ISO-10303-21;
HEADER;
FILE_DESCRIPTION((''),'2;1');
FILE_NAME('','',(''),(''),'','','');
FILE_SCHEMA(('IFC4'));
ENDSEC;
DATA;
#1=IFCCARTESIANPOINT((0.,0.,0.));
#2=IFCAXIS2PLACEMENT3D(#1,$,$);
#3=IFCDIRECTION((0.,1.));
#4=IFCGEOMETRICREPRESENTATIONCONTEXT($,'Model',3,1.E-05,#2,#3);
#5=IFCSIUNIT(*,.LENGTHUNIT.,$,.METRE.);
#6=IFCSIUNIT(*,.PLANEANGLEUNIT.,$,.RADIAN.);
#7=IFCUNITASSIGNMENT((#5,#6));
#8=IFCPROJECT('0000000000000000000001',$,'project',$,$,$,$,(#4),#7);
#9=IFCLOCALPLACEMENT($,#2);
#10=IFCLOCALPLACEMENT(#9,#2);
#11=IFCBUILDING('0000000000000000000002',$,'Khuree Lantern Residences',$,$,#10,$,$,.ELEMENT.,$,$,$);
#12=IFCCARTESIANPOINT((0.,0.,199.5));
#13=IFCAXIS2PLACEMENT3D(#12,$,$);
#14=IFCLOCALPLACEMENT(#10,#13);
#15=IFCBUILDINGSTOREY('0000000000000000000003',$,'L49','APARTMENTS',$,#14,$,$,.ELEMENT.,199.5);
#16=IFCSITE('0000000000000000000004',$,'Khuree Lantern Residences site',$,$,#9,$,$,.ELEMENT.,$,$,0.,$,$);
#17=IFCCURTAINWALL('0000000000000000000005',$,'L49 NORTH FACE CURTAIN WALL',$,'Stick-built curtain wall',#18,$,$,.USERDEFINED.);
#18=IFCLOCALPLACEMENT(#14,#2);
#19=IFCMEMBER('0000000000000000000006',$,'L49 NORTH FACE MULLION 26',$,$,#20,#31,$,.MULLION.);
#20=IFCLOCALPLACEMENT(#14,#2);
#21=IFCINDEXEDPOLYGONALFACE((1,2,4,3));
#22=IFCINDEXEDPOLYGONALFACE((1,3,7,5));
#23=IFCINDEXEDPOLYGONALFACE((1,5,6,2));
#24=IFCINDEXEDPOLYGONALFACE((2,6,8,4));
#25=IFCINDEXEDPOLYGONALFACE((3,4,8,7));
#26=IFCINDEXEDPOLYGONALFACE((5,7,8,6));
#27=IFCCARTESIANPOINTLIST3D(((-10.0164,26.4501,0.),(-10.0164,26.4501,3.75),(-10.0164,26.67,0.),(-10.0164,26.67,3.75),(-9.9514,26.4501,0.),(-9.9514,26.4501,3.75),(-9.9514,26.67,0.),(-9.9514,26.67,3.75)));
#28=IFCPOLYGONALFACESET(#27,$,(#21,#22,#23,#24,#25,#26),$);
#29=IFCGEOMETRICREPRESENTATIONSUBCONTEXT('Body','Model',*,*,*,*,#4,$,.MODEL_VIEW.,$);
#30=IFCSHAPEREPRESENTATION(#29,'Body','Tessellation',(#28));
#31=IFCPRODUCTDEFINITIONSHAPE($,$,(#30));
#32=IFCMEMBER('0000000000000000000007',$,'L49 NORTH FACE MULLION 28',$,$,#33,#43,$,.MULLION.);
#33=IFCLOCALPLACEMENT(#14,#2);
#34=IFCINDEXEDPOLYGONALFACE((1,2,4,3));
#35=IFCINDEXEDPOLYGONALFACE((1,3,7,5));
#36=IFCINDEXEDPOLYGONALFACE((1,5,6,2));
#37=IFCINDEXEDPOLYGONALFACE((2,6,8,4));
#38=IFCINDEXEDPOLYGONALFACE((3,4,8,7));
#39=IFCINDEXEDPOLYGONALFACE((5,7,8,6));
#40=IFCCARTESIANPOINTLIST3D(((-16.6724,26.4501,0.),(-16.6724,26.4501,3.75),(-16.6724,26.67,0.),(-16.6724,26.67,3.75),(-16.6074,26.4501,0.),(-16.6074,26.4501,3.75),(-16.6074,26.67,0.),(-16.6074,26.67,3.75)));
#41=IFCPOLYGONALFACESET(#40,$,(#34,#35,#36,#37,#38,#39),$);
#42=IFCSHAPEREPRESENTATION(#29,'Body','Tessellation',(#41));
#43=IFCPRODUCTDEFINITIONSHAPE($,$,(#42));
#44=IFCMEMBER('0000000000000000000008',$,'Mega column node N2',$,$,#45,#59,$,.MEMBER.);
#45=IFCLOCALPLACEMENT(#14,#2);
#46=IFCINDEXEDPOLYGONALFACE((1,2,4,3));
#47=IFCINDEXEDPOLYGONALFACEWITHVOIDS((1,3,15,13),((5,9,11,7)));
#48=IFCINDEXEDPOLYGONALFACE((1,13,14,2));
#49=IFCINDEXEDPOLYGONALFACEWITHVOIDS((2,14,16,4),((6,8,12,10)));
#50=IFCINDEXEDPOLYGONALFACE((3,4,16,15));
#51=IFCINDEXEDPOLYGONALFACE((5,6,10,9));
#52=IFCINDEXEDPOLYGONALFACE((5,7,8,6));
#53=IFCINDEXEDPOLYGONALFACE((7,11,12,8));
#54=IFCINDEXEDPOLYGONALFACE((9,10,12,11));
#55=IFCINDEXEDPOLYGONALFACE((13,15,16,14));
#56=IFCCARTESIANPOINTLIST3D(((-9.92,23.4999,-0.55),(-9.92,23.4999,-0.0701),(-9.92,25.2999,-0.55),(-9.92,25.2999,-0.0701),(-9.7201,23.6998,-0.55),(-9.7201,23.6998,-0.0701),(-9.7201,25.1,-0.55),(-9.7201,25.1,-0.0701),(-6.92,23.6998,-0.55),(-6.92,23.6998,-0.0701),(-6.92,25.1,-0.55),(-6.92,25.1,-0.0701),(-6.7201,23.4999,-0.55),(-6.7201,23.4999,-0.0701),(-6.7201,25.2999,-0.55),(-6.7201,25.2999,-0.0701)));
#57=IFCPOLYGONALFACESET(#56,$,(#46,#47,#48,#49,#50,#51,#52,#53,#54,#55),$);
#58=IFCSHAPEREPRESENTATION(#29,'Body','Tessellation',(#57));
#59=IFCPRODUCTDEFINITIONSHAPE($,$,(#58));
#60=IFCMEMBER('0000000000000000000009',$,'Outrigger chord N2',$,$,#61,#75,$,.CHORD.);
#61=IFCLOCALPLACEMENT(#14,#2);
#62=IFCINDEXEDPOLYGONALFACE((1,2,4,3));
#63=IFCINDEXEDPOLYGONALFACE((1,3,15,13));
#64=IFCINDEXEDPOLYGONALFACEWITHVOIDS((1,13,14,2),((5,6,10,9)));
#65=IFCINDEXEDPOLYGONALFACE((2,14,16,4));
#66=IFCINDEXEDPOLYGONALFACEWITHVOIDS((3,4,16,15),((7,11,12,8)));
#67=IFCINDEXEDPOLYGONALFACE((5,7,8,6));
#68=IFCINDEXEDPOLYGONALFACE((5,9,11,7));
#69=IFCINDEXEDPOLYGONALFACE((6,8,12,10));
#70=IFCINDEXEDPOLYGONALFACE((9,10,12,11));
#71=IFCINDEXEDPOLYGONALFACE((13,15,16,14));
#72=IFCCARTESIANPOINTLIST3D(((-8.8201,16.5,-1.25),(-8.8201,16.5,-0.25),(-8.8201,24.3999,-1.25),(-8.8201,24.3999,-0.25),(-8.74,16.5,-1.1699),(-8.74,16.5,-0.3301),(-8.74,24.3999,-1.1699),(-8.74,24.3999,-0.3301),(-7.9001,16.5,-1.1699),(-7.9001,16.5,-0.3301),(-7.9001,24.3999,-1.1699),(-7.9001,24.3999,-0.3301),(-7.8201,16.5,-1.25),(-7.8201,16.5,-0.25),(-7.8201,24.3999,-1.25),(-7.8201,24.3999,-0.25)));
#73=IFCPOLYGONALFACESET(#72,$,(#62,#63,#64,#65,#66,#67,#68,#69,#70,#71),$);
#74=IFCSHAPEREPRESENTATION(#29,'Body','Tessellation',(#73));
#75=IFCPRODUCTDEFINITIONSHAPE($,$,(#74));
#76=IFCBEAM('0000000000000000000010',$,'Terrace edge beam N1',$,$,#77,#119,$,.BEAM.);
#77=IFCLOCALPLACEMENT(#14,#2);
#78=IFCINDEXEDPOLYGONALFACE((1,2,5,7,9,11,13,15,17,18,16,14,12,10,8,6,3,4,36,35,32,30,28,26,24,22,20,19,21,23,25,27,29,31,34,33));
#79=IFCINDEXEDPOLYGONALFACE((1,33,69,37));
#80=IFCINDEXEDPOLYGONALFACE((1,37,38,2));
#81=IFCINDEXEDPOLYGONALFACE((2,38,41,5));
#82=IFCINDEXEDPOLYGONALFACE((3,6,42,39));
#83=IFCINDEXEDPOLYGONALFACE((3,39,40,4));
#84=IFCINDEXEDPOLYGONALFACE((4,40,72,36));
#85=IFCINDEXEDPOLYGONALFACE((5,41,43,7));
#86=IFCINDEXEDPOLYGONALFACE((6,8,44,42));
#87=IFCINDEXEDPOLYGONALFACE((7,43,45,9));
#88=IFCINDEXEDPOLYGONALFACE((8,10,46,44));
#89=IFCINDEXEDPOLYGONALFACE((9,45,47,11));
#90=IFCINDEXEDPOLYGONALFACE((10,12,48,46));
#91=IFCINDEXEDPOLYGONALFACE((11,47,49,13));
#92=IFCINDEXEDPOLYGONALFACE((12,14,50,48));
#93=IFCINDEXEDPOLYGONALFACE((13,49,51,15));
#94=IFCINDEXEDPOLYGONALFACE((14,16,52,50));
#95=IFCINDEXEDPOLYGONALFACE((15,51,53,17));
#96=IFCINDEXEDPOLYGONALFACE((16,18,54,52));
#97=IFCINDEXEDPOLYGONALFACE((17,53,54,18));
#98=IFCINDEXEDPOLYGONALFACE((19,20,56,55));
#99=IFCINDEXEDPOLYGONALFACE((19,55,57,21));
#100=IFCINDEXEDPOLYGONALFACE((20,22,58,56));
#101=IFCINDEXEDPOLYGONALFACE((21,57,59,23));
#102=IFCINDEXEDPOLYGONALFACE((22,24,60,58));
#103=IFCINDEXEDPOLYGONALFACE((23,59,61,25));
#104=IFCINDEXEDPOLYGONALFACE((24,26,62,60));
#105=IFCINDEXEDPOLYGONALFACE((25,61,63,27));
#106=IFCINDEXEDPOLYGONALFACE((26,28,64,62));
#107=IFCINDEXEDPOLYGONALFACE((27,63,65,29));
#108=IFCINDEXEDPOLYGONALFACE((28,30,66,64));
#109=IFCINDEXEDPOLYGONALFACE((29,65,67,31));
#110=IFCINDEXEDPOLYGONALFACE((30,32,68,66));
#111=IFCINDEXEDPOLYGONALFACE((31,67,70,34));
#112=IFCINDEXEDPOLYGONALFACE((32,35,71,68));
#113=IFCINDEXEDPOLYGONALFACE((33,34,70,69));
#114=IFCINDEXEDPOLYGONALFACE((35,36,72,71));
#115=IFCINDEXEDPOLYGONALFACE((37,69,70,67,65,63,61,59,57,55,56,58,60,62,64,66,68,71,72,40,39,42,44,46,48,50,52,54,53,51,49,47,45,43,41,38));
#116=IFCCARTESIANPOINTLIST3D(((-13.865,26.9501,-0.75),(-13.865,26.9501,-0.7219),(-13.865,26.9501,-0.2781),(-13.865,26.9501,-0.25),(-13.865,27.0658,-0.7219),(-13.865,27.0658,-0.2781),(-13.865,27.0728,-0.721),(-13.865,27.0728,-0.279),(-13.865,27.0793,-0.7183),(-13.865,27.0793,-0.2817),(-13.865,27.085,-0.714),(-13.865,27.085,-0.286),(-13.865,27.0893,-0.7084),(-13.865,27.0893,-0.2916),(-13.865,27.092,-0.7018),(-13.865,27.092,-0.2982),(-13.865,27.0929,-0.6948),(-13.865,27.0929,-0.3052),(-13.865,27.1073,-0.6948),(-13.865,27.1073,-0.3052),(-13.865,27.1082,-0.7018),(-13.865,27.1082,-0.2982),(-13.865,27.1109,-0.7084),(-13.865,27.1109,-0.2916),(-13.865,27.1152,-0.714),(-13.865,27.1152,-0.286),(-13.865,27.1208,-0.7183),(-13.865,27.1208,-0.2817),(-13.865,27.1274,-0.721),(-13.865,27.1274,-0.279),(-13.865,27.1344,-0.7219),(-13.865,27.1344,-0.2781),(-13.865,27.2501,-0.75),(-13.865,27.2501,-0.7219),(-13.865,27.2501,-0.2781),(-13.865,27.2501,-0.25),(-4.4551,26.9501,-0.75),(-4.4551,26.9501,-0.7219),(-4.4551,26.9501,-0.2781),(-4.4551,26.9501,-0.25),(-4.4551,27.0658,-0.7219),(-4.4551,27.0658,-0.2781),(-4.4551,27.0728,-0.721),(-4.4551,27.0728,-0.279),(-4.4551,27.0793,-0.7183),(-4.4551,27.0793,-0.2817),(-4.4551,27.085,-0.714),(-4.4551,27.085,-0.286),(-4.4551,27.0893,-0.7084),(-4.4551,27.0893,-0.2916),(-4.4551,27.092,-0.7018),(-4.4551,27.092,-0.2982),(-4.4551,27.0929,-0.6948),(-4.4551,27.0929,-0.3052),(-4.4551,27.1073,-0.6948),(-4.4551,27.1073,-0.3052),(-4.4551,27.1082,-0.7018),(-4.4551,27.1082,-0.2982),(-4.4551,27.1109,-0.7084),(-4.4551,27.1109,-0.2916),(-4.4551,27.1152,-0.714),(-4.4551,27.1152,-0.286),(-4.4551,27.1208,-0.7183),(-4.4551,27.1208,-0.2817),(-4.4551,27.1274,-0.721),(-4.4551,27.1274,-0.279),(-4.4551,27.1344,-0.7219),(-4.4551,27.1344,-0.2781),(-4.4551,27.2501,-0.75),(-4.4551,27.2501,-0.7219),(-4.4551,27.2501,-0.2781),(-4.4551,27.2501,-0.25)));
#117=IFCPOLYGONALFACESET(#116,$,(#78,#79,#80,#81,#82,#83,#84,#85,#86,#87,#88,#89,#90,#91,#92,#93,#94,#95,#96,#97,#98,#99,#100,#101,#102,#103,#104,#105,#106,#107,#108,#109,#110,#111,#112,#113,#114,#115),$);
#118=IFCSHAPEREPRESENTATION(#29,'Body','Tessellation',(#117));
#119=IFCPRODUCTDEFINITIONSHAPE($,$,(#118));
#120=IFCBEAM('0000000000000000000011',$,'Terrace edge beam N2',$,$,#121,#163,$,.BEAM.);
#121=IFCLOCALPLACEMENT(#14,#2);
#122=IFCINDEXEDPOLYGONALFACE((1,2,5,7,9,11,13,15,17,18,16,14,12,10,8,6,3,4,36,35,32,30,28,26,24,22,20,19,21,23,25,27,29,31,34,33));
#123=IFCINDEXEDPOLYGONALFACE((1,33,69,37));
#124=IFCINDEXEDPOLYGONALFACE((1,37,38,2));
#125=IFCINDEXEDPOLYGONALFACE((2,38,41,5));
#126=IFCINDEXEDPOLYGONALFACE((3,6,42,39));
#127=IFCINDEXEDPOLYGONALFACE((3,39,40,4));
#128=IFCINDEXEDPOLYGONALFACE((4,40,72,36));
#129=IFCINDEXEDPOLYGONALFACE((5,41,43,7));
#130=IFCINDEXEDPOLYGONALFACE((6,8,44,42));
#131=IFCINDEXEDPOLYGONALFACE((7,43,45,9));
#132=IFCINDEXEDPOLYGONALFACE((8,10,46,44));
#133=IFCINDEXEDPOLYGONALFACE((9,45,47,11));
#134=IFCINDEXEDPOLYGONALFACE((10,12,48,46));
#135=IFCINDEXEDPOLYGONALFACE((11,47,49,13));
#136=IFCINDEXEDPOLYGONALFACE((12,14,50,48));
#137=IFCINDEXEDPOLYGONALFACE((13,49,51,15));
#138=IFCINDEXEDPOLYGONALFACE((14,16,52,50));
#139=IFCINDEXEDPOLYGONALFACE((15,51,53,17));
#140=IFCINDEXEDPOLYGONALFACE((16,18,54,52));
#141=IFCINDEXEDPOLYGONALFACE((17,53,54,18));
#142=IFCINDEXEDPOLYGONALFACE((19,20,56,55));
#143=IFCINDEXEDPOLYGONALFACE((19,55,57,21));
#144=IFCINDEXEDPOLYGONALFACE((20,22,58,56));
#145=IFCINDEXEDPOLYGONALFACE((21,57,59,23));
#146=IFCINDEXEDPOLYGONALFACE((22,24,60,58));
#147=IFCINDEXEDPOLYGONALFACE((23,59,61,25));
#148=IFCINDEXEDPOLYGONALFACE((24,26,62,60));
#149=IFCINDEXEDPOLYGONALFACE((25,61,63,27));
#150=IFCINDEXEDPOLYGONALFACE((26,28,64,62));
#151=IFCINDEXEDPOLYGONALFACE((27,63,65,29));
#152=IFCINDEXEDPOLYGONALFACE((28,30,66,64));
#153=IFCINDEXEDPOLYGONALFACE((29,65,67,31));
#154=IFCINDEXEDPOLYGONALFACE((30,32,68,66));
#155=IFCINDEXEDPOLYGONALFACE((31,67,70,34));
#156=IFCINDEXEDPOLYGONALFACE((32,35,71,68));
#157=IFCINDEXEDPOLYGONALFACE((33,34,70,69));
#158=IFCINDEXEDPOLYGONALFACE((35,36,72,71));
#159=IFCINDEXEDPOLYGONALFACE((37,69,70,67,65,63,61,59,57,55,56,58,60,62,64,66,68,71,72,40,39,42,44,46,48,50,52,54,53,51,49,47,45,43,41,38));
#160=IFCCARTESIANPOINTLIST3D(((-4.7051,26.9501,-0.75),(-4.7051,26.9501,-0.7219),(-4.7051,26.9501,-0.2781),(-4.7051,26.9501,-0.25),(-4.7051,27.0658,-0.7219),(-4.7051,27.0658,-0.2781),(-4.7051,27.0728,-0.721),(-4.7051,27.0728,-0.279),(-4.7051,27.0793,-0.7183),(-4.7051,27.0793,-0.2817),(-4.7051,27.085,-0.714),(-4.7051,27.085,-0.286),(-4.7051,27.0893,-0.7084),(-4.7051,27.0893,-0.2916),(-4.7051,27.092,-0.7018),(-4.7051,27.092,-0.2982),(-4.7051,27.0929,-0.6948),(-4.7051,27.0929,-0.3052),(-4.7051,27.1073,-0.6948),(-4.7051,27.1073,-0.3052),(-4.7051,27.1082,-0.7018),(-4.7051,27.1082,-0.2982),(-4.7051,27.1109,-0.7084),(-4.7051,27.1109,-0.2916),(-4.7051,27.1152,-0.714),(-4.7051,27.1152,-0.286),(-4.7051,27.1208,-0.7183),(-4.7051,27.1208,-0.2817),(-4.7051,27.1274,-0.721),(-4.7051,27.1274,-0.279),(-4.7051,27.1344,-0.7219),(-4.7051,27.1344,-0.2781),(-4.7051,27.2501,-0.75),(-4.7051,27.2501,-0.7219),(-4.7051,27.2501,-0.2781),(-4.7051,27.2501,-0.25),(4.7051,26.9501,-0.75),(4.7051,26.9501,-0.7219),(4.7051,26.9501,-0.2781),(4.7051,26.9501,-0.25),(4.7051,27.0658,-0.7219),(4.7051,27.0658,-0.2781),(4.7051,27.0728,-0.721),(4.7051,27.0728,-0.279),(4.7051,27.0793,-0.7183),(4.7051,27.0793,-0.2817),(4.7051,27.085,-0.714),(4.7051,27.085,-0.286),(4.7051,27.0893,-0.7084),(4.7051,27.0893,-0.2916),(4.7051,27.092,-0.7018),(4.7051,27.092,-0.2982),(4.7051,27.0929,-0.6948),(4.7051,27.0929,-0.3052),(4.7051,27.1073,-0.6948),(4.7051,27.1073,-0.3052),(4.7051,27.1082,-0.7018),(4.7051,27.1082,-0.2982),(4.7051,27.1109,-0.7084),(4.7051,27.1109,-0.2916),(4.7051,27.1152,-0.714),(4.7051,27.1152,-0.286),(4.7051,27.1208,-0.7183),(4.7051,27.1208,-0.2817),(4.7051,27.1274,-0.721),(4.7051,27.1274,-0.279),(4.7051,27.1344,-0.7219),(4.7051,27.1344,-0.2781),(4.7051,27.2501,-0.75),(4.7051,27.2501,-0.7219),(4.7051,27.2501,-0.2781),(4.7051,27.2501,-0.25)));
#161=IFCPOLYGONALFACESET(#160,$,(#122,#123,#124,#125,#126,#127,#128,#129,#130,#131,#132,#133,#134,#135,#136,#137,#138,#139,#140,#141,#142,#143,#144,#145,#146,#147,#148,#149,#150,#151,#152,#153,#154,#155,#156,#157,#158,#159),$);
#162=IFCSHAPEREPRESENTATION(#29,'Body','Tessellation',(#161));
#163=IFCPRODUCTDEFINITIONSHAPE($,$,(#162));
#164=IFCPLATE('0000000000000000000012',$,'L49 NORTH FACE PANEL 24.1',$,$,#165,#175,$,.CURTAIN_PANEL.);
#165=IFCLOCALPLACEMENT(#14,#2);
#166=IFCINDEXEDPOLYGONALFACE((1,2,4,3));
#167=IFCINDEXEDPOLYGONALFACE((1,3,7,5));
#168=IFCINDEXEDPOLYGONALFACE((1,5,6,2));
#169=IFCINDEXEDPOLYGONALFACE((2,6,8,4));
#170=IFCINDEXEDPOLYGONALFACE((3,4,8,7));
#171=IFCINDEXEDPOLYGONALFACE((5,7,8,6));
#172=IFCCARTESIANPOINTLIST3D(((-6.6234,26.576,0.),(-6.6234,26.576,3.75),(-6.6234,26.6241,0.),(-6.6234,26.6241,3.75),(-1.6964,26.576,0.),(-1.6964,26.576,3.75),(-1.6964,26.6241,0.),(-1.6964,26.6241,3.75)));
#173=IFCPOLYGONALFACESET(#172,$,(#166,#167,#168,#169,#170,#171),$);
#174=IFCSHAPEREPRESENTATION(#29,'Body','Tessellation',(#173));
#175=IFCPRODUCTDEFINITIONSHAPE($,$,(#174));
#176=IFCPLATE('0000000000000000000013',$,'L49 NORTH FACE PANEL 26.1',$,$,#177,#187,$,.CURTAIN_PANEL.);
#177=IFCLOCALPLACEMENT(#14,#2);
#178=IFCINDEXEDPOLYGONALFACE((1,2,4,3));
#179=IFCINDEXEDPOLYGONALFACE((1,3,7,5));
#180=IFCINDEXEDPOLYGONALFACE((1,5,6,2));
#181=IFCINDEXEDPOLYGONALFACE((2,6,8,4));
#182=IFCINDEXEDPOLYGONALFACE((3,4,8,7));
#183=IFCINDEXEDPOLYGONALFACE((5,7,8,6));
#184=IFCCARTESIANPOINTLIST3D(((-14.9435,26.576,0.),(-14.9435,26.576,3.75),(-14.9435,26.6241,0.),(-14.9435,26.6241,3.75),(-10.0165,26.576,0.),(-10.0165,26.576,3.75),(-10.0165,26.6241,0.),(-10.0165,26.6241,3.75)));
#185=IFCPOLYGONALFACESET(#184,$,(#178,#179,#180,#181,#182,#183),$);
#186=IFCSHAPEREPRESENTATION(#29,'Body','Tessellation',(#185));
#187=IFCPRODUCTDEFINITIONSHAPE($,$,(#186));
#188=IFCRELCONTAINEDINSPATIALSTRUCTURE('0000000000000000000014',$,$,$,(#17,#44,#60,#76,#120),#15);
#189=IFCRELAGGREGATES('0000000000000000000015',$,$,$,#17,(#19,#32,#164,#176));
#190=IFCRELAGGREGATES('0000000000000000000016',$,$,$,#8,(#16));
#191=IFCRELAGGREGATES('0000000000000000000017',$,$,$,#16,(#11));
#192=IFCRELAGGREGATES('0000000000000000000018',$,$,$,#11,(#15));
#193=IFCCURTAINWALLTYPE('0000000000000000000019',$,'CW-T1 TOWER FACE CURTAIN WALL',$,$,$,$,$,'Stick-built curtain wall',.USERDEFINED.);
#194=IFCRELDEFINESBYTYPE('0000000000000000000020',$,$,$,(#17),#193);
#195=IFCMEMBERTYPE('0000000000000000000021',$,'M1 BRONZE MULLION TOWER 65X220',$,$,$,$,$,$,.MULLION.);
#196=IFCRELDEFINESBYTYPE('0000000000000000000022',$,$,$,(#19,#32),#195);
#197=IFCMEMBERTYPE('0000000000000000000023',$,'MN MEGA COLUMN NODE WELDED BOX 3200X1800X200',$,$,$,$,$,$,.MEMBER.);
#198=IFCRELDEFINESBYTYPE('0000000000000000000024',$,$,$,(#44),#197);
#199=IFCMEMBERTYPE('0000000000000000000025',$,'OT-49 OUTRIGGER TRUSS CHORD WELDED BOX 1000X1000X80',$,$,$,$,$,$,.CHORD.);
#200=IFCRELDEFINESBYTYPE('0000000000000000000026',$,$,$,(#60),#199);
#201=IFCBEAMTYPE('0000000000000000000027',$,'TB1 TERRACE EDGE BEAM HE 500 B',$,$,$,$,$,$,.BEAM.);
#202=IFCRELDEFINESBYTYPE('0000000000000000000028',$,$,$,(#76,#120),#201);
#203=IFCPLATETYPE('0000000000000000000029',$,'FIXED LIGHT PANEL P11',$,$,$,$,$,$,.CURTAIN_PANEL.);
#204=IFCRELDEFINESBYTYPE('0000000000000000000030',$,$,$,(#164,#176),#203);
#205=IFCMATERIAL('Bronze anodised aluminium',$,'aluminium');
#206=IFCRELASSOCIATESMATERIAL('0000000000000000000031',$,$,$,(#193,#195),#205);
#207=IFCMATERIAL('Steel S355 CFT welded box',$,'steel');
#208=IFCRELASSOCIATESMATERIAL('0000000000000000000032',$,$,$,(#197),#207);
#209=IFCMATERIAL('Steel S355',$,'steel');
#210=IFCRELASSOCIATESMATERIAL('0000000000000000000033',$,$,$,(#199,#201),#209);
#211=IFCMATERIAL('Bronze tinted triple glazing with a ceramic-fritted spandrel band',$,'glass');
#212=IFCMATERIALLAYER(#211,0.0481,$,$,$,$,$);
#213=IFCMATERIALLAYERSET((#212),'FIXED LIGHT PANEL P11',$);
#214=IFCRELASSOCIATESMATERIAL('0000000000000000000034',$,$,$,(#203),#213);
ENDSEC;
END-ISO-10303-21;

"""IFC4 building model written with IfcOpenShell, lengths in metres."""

from ifc_helpers import new_model, si_unit, direction, frame, origin, origin_2d, place, context, subcontext, project, spatial, rectangle, hollow_rectangle, i_section, extrude, material, layer, layer_set, material_profile, profile_set, type_object, element, aggregate, save


model = new_model("IFC4")

# Units and contexts
model_context = context("Model", 3, precision=1e-05, world=origin(), true_north=direction((0.0, 1.0)))
body_context = subcontext(model_context, "Body", "Model", "MODEL_VIEW")
ifc_project = project(units=[si_unit("LENGTHUNIT", "METRE"), si_unit("PLANEANGLEUNIT", "RADIAN")], contexts=[model_context])

# Site, building, storey
site_placement = place(None, origin())
site = spatial("IfcSite", under=ifc_project, at=site_placement, Name="Khuree Lantern Residences site", CompositionType="ELEMENT", RefElevation=0.0)
building_placement = place(site_placement, origin())
building = spatial("IfcBuilding", under=site, at=building_placement, Name="Khuree Lantern Residences", CompositionType="ELEMENT")
storey_placement = place(building_placement, frame((0.0, 0.0, 199.5)))
storey = spatial("IfcBuildingStorey", under=building, at=storey_placement, Name="L49", Description="APARTMENTS", CompositionType="ELEMENT", Elevation=199.5)

# Shared definitions
ifc_material_1 = material(Name="Steel S355 CFT welded box", Category="steel")

# Shared definitions
ifc_material_2 = material(Name="Steel S355", Category="steel")

# Curtain wall, members
ifc_material_3 = material(Name="Bronze anodised aluminium", Category="aluminium")
curtain_wall_type = type_object("IfcCurtainWallType", Name="CW-T1 TOWER FACE CURTAIN WALL", ElementType="Stick-built curtain wall", PredefinedType="USERDEFINED", material=ifc_material_3)
curtain_wall_placement = place(storey_placement, origin())
curtain_wall = element("IfcCurtainWall", 1, at=curtain_wall_placement, inside=storey, type_object=curtain_wall_type, Name="L49 NORTH FACE CURTAIN WALL", ObjectType="Stick-built curtain wall", PredefinedType="USERDEFINED")
ifc_material_profile_1 = material_profile(ifc_material_3, rectangle(XDim=0.0649, YDim=0.22, at=origin_2d()), Name="M1 65X220")
ifc_profile_set_1 = profile_set([ifc_material_profile_1], Name="Bronze anodised aluminium")
member_type_1 = type_object("IfcMemberType", Name="M1 BRONZE MULLION TOWER 65X220", PredefinedType="MULLION", material=ifc_profile_set_1)
member_1_placement = place(storey_placement, frame((-9.9839, 26.5601, 0.0), z_axis=(0.0, 0.0, 1.0), x_axis=(-1.0, 0.0, 0.0)))
member_1 = element("IfcMember", 2, at=member_1_placement, type_object=member_type_1, Name="L49 NORTH FACE MULLION 26", PredefinedType="MULLION", context=body_context, shape_type="SweptSolid", body=[
    extrude(rectangle(XDim=0.0649, YDim=0.22, at=origin_2d()), origin(), (0.0, 0.0, 1.0), 3.75),
])
member_2_placement = place(storey_placement, frame((-16.6399, 26.5601, 0.0), z_axis=(0.0, 0.0, 1.0), x_axis=(-1.0, 0.0, 0.0)))
member_2 = element("IfcMember", 3, at=member_2_placement, type_object=member_type_1, Name="L49 NORTH FACE MULLION 28", PredefinedType="MULLION", context=body_context, shape_type="SweptSolid", body=[
    extrude(rectangle(XDim=0.0649, YDim=0.22, at=origin_2d()), origin(), (0.0, 0.0, 1.0), 3.75),
])

# Members
ifc_material_profile_2 = material_profile(ifc_material_1, hollow_rectangle(XDim=3.2, YDim=1.8, WallThickness=0.2, at=origin_2d()), Name="WELDED BOX 3200X1800X200")
ifc_profile_set_2 = profile_set([ifc_material_profile_2], Name="Steel S355 CFT welded box")
member_type_2 = type_object("IfcMemberType", Name="MN MEGA COLUMN NODE WELDED BOX 3200X1800X200", PredefinedType="MEMBER", material=ifc_profile_set_2)
member_3_placement = place(storey_placement, frame((-8.3201, 24.3999, -0.55), z_axis=(0.0, 0.0, 1.0), x_axis=(1.0, 0.0, 0.0)))
element("IfcMember", 4, at=member_3_placement, inside=storey, type_object=member_type_2, Name="Mega column node N2", PredefinedType="MEMBER", context=body_context, shape_type="SweptSolid", body=[
    extrude(hollow_rectangle(XDim=3.2, YDim=1.8, WallThickness=0.2, at=origin_2d()), origin(), (0.0, 0.0, 1.0), 0.48),
])
ifc_material_profile_3 = material_profile(ifc_material_2, hollow_rectangle(XDim=1.0, YDim=1.0, WallThickness=0.0801, at=origin_2d()), Name="WELDED BOX 1000X1000X80")
ifc_profile_set_3 = profile_set([ifc_material_profile_3], Name="Steel S355")
member_type_3 = type_object("IfcMemberType", Name="OT-49 OUTRIGGER TRUSS CHORD WELDED BOX 1000X1000X80", PredefinedType="CHORD", material=ifc_profile_set_3)
member_4_placement = place(storey_placement, frame((-8.3201, 24.3999, -0.75), z_axis=(0.0, -1.0, 0.0), x_axis=(1.0, 0.0, 0.0)))
element("IfcMember", 5, at=member_4_placement, inside=storey, type_object=member_type_3, Name="Outrigger chord N2", PredefinedType="CHORD", context=body_context, shape_type="SweptSolid", body=[
    extrude(hollow_rectangle(XDim=1.0, YDim=1.0, WallThickness=0.0801, at=origin_2d()), origin(), (0.0, 0.0, 1.0), 7.8999),
])

# Beams
ifc_material_profile_4 = material_profile(ifc_material_2, i_section(OverallWidth=0.3, OverallDepth=0.5, WebThickness=0.0144, FlangeThickness=0.0281, FilletRadius=0.0271, at=origin_2d()), Name="HE 500 B")
ifc_profile_set_4 = profile_set([ifc_material_profile_4], Name="Steel S355")
beam_type_1 = type_object("IfcBeamType", Name="TB1 TERRACE EDGE BEAM HE 500 B", PredefinedType="BEAM", material=ifc_profile_set_4)
beam_1_placement = place(storey_placement, frame((-13.865, 27.1001, -0.5), z_axis=(1.0, 0.0, 0.0), x_axis=(0.0, 1.0, 0.0)))
element("IfcBeam", 6, at=beam_1_placement, inside=storey, type_object=beam_type_1, Name="Terrace edge beam N1", PredefinedType="BEAM", context=body_context, shape_type="SweptSolid", body=[
    extrude(i_section(OverallWidth=0.3, OverallDepth=0.5, WebThickness=0.0144, FlangeThickness=0.0281, FilletRadius=0.0271, at=origin_2d()), origin(), (0.0, 0.0, 1.0), 9.4099),
])
beam_2_placement = place(storey_placement, frame((-4.7051, 27.1001, -0.5), z_axis=(1.0, 0.0, 0.0), x_axis=(0.0, 1.0, 0.0)))
element("IfcBeam", 7, at=beam_2_placement, inside=storey, type_object=beam_type_1, Name="Terrace edge beam N2", PredefinedType="BEAM", context=body_context, shape_type="SweptSolid", body=[
    extrude(i_section(OverallWidth=0.3, OverallDepth=0.5, WebThickness=0.0144, FlangeThickness=0.0281, FilletRadius=0.0271, at=origin_2d()), origin(), (0.0, 0.0, 1.0), 9.4102),
])

# Plates
ifc_material_4 = material(Name="Bronze tinted triple glazing with a ceramic-fritted spandrel band", Category="glass")
ifc_layer_1 = layer(ifc_material_4, 0.0481)
ifc_layer_set_1 = layer_set([ifc_layer_1], Name="FIXED LIGHT PANEL P11")
plate_type_1 = type_object("IfcPlateType", Name="FIXED LIGHT PANEL P11", PredefinedType="CURTAIN_PANEL", material=ifc_layer_set_1)
plate_1_placement = place(storey_placement, frame((-4.1599, 26.6001, 0.0), z_axis=(0.0, 0.0, 1.0), x_axis=(-1.0, 0.0, 0.0)))
plate_1 = element("IfcPlate", 8, at=plate_1_placement, type_object=plate_type_1, Name="L49 NORTH FACE PANEL 24.1", PredefinedType="CURTAIN_PANEL", context=body_context, shape_type="SweptSolid", body=[
    extrude(rectangle(XDim=4.927, YDim=0.0481, at=origin_2d()), origin(), (0.0, 0.0, 1.0), 3.75),
])
plate_2_placement = place(storey_placement, frame((-12.48, 26.6001, 0.0), z_axis=(0.0, 0.0, 1.0), x_axis=(-1.0, 0.0, 0.0)))
plate_2 = element("IfcPlate", 9, at=plate_2_placement, type_object=plate_type_1, Name="L49 NORTH FACE PANEL 26.1", PredefinedType="CURTAIN_PANEL", context=body_context, shape_type="SweptSolid", body=[
    extrude(rectangle(XDim=4.927, YDim=0.0481, at=origin_2d()), origin(), (0.0, 0.0, 1.0), 3.75),
])
aggregate(curtain_wall, [member_1, member_2, plate_1, plate_2])

save(model, "model.ifc")
